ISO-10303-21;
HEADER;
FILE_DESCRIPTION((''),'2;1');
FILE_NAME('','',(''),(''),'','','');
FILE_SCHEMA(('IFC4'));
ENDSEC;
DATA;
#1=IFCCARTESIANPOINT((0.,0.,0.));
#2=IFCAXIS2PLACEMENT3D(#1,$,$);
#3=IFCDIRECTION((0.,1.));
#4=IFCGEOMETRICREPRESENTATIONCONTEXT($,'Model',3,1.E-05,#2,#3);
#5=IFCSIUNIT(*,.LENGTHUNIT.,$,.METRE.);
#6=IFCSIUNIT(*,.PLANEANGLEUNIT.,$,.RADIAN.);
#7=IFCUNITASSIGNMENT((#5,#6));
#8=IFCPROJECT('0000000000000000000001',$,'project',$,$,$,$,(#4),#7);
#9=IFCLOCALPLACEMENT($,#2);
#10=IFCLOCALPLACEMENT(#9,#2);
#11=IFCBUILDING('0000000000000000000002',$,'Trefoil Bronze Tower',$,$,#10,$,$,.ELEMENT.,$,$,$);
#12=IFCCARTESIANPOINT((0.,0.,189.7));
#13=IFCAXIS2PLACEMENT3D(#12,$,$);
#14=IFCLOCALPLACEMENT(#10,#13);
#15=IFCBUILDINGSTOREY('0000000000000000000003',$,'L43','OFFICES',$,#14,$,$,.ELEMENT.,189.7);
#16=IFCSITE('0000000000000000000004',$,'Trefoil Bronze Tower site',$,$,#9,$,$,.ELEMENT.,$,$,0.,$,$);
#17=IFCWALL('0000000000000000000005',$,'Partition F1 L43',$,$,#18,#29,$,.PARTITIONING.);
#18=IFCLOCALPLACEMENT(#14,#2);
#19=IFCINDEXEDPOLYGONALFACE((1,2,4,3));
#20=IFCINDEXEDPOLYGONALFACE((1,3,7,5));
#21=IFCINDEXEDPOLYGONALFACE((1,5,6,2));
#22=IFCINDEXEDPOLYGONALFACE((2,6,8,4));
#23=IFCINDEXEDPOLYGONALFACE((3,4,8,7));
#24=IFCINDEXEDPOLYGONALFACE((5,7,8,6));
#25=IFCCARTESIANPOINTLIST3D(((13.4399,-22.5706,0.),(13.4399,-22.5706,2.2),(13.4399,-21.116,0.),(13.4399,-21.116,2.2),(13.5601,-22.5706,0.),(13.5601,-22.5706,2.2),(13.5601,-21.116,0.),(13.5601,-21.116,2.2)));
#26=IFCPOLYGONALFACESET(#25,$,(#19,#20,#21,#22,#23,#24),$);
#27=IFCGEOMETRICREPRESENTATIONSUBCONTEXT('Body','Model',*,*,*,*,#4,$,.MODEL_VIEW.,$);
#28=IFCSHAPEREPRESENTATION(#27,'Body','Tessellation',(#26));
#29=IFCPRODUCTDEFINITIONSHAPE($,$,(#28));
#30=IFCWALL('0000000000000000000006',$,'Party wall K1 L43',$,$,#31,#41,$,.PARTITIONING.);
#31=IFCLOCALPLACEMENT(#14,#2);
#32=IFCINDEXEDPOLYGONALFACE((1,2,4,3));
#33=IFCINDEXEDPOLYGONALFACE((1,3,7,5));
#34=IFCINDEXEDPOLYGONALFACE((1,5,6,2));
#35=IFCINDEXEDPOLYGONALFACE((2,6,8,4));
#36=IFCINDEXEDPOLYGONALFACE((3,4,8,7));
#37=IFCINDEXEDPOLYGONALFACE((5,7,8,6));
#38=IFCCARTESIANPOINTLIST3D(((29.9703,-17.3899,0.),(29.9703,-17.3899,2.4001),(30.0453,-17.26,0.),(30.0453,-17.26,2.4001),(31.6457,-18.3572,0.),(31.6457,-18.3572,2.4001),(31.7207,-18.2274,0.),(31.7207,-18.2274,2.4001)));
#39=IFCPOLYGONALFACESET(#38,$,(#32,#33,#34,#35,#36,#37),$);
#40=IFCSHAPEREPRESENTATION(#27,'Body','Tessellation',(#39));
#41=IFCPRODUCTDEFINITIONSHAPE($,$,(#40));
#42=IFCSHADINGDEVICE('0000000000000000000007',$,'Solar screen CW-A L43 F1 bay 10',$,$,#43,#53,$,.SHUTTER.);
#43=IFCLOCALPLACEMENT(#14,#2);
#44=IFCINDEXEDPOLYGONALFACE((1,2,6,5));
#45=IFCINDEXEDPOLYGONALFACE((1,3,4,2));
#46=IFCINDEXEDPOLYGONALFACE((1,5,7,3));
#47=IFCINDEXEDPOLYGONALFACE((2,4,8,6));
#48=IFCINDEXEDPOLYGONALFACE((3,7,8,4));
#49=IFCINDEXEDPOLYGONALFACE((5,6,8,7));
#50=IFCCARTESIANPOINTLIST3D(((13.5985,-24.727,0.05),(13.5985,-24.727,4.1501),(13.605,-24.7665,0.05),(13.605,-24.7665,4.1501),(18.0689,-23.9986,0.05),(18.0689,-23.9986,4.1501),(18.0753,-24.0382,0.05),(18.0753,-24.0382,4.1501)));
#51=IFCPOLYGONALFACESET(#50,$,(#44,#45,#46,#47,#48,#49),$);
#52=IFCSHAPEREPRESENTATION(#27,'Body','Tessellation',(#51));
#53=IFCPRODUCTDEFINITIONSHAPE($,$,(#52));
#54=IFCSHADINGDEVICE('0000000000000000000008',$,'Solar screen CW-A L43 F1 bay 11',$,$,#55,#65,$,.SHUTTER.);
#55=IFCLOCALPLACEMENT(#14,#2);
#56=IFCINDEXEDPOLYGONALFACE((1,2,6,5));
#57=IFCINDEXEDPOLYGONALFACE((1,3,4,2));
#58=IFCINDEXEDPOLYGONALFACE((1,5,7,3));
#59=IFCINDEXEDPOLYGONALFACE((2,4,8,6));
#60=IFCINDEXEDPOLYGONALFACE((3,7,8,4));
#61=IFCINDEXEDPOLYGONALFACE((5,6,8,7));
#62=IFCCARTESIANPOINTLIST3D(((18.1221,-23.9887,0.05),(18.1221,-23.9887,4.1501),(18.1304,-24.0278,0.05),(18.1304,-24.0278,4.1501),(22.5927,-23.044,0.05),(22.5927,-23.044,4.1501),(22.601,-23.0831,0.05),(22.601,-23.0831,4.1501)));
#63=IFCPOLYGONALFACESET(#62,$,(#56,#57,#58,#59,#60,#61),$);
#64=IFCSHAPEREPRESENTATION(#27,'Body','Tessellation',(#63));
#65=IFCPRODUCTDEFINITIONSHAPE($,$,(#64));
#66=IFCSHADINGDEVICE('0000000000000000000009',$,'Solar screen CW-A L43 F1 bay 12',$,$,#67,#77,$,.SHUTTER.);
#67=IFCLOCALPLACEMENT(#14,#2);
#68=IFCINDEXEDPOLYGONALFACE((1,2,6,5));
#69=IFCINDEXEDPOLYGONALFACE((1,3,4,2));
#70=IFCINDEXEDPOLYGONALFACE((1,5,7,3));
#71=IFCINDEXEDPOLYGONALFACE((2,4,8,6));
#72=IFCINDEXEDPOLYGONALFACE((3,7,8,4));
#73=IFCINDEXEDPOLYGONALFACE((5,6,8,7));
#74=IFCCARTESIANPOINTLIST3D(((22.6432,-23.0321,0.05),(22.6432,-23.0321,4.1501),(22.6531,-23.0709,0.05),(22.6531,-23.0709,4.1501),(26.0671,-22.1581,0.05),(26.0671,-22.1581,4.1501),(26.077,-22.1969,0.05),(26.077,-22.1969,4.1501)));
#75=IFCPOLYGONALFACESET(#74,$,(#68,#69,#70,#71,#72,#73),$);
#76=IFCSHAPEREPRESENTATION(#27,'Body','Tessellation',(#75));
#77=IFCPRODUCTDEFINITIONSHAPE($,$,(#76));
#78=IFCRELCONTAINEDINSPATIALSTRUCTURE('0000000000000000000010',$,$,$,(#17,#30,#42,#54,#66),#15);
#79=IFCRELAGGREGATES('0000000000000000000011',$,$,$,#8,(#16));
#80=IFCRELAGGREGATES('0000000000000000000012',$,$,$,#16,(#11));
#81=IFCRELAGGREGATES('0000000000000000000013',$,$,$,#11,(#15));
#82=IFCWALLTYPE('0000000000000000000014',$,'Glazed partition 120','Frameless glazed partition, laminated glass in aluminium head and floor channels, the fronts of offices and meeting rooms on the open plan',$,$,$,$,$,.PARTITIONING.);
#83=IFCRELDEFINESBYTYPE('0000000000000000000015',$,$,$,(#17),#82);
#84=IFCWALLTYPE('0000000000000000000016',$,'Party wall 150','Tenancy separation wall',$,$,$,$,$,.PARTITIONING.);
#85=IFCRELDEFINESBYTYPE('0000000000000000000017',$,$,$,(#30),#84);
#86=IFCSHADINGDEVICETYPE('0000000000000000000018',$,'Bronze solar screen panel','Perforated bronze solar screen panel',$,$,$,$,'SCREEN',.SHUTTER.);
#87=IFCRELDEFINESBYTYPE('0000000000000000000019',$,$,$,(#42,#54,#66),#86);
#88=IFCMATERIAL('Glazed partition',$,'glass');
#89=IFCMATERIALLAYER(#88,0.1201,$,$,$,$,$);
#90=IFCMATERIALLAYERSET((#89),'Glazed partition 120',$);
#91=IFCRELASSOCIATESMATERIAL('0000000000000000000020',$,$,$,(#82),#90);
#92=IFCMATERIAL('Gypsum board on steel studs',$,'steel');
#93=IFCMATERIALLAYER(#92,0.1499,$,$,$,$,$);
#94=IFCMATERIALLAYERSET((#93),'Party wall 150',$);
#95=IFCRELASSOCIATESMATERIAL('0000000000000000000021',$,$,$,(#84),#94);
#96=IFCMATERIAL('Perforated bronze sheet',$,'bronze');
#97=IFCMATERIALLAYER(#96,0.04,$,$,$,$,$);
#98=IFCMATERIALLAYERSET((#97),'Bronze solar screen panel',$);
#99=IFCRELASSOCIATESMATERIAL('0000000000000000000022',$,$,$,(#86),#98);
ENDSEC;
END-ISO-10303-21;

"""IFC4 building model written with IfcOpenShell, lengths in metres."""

from ifc_helpers import new_model, si_unit, direction, frame, frame_2d, origin, origin_2d, place, context, subcontext, project, spatial, rectangle, extrude, material, layer, layer_set, type_object, element, save


model = new_model("IFC4")

# Units and contexts
model_context = context("Model", 3, precision=1e-05, world=origin(), true_north=direction((0.0, 1.0)))
body_context = subcontext(model_context, "Body", "Model", "MODEL_VIEW")
ifc_project = project(units=[si_unit("LENGTHUNIT", "METRE"), si_unit("PLANEANGLEUNIT", "RADIAN")], contexts=[model_context])

# Site, building, storey
site_placement = place(None, origin())
site = spatial("IfcSite", under=ifc_project, at=site_placement, Name="Trefoil Bronze Tower site", CompositionType="ELEMENT", RefElevation=0.0)
building_placement = place(site_placement, origin())
building = spatial("IfcBuilding", under=site, at=building_placement, Name="Trefoil Bronze Tower", CompositionType="ELEMENT")
storey_placement = place(building_placement, frame((0.0, 0.0, 189.7)))
storey = spatial("IfcBuildingStorey", under=building, at=storey_placement, Name="L43", Description="OFFICES", CompositionType="ELEMENT", Elevation=189.7)

# Walls
ifc_material_1 = material(Name="Glazed partition", Category="glass")
ifc_layer_1 = layer(ifc_material_1, 0.1201)
ifc_layer_set_1 = layer_set([ifc_layer_1], Name="Glazed partition 120")
wall_type_1 = type_object("IfcWallType", Name="Glazed partition 120", Description="Frameless glazed partition, laminated glass in aluminium head and floor channels, the fronts of offices and meeting rooms on the open plan", PredefinedType="PARTITIONING", material=ifc_layer_set_1)
wall_1_placement = place(storey_placement, frame((13.5, -21.116, 0.0), z_axis=(0.0, 0.0, 1.0), x_axis=(0.0, -1.0, 0.0)))
element("IfcWall", 1, at=wall_1_placement, inside=storey, type_object=wall_type_1, Name="Partition F1 L43", PredefinedType="PARTITIONING", context=body_context, shape_type="SweptSolid", body=[
    extrude(rectangle(XDim=1.4546, YDim=0.1201, at=frame_2d((0.7273, 0.0))), origin(), (0.0, 0.0, 1.0), 2.2),
])
ifc_material_2 = material(Name="Gypsum board on steel studs", Category="steel")
ifc_layer_2 = layer(ifc_material_2, 0.1499)
ifc_layer_set_2 = layer_set([ifc_layer_2], Name="Party wall 150")
wall_type_2 = type_object("IfcWallType", Name="Party wall 150", Description="Tenancy separation wall", PredefinedType="PARTITIONING", material=ifc_layer_set_2)
wall_2_placement = place(storey_placement, frame((30.0078, -17.325, 0.0), z_axis=(0.0, 0.0, 1.0), x_axis=(0.866013, -0.500021, 0.0)))
element("IfcWall", 2, at=wall_2_placement, inside=storey, type_object=wall_type_2, Name="Party wall K1 L43", PredefinedType="PARTITIONING", context=body_context, shape_type="SweptSolid", body=[
    extrude(rectangle(XDim=1.9346, YDim=0.1499, at=frame_2d((0.9673, 0.0))), origin(), (0.0, 0.0, 1.0), 2.4001),
])

# Shading devices
ifc_material_3 = material(Name="Perforated bronze sheet", Category="bronze")
ifc_layer_3 = layer(ifc_material_3, 0.04)
ifc_layer_set_3 = layer_set([ifc_layer_3], Name="Bronze solar screen panel")
shading_device_type = type_object("IfcShadingDeviceType", Name="Bronze solar screen panel", Description="Perforated bronze solar screen panel", ElementType="SCREEN", PredefinedType="SHUTTER", material=ifc_layer_set_3)
shading_device_1_placement = place(storey_placement, frame((15.8369, -24.3826, 0.05), z_axis=(0.0, 0.0, 1.0), x_axis=(0.986987, 0.160803, 0.0)))
element("IfcShadingDevice", 3, at=shading_device_1_placement, inside=storey, type_object=shading_device_type, Name="Solar screen CW-A L43 F1 bay 10", PredefinedType="SHUTTER", context=body_context, shape_type="SweptSolid", body=[
    extrude(rectangle(XDim=4.5293, YDim=0.04, at=origin_2d()), origin(), (0.0, 0.0, 1.0), 4.1001),
])
shading_device_2_placement = place(storey_placement, frame((20.3616, -23.5359, 0.05), z_axis=(0.0, 0.0, 1.0), x_axis=(0.978394, 0.206747, 0.0)))
element("IfcShadingDevice", 4, at=shading_device_2_placement, inside=storey, type_object=shading_device_type, Name="Solar screen CW-A L43 F1 bay 11", PredefinedType="SHUTTER", context=body_context, shape_type="SweptSolid", body=[
    extrude(rectangle(XDim=4.5693, YDim=0.04, at=origin_2d()), origin(), (0.0, 0.0, 1.0), 4.1001),
])
shading_device_3_placement = place(storey_placement, frame((24.3601, -22.6145, 0.05), z_axis=(0.0, 0.0, 1.0), x_axis=(0.968934, 0.247319, 0.0)))
element("IfcShadingDevice", 5, at=shading_device_3_placement, inside=storey, type_object=shading_device_type, Name="Solar screen CW-A L43 F1 bay 12", PredefinedType="SHUTTER", context=body_context, shape_type="SweptSolid", body=[
    extrude(rectangle(XDim=3.5337, YDim=0.04, at=origin_2d()), origin(), (0.0, 0.0, 1.0), 4.1001),
])

save(model, "model.ifc")
